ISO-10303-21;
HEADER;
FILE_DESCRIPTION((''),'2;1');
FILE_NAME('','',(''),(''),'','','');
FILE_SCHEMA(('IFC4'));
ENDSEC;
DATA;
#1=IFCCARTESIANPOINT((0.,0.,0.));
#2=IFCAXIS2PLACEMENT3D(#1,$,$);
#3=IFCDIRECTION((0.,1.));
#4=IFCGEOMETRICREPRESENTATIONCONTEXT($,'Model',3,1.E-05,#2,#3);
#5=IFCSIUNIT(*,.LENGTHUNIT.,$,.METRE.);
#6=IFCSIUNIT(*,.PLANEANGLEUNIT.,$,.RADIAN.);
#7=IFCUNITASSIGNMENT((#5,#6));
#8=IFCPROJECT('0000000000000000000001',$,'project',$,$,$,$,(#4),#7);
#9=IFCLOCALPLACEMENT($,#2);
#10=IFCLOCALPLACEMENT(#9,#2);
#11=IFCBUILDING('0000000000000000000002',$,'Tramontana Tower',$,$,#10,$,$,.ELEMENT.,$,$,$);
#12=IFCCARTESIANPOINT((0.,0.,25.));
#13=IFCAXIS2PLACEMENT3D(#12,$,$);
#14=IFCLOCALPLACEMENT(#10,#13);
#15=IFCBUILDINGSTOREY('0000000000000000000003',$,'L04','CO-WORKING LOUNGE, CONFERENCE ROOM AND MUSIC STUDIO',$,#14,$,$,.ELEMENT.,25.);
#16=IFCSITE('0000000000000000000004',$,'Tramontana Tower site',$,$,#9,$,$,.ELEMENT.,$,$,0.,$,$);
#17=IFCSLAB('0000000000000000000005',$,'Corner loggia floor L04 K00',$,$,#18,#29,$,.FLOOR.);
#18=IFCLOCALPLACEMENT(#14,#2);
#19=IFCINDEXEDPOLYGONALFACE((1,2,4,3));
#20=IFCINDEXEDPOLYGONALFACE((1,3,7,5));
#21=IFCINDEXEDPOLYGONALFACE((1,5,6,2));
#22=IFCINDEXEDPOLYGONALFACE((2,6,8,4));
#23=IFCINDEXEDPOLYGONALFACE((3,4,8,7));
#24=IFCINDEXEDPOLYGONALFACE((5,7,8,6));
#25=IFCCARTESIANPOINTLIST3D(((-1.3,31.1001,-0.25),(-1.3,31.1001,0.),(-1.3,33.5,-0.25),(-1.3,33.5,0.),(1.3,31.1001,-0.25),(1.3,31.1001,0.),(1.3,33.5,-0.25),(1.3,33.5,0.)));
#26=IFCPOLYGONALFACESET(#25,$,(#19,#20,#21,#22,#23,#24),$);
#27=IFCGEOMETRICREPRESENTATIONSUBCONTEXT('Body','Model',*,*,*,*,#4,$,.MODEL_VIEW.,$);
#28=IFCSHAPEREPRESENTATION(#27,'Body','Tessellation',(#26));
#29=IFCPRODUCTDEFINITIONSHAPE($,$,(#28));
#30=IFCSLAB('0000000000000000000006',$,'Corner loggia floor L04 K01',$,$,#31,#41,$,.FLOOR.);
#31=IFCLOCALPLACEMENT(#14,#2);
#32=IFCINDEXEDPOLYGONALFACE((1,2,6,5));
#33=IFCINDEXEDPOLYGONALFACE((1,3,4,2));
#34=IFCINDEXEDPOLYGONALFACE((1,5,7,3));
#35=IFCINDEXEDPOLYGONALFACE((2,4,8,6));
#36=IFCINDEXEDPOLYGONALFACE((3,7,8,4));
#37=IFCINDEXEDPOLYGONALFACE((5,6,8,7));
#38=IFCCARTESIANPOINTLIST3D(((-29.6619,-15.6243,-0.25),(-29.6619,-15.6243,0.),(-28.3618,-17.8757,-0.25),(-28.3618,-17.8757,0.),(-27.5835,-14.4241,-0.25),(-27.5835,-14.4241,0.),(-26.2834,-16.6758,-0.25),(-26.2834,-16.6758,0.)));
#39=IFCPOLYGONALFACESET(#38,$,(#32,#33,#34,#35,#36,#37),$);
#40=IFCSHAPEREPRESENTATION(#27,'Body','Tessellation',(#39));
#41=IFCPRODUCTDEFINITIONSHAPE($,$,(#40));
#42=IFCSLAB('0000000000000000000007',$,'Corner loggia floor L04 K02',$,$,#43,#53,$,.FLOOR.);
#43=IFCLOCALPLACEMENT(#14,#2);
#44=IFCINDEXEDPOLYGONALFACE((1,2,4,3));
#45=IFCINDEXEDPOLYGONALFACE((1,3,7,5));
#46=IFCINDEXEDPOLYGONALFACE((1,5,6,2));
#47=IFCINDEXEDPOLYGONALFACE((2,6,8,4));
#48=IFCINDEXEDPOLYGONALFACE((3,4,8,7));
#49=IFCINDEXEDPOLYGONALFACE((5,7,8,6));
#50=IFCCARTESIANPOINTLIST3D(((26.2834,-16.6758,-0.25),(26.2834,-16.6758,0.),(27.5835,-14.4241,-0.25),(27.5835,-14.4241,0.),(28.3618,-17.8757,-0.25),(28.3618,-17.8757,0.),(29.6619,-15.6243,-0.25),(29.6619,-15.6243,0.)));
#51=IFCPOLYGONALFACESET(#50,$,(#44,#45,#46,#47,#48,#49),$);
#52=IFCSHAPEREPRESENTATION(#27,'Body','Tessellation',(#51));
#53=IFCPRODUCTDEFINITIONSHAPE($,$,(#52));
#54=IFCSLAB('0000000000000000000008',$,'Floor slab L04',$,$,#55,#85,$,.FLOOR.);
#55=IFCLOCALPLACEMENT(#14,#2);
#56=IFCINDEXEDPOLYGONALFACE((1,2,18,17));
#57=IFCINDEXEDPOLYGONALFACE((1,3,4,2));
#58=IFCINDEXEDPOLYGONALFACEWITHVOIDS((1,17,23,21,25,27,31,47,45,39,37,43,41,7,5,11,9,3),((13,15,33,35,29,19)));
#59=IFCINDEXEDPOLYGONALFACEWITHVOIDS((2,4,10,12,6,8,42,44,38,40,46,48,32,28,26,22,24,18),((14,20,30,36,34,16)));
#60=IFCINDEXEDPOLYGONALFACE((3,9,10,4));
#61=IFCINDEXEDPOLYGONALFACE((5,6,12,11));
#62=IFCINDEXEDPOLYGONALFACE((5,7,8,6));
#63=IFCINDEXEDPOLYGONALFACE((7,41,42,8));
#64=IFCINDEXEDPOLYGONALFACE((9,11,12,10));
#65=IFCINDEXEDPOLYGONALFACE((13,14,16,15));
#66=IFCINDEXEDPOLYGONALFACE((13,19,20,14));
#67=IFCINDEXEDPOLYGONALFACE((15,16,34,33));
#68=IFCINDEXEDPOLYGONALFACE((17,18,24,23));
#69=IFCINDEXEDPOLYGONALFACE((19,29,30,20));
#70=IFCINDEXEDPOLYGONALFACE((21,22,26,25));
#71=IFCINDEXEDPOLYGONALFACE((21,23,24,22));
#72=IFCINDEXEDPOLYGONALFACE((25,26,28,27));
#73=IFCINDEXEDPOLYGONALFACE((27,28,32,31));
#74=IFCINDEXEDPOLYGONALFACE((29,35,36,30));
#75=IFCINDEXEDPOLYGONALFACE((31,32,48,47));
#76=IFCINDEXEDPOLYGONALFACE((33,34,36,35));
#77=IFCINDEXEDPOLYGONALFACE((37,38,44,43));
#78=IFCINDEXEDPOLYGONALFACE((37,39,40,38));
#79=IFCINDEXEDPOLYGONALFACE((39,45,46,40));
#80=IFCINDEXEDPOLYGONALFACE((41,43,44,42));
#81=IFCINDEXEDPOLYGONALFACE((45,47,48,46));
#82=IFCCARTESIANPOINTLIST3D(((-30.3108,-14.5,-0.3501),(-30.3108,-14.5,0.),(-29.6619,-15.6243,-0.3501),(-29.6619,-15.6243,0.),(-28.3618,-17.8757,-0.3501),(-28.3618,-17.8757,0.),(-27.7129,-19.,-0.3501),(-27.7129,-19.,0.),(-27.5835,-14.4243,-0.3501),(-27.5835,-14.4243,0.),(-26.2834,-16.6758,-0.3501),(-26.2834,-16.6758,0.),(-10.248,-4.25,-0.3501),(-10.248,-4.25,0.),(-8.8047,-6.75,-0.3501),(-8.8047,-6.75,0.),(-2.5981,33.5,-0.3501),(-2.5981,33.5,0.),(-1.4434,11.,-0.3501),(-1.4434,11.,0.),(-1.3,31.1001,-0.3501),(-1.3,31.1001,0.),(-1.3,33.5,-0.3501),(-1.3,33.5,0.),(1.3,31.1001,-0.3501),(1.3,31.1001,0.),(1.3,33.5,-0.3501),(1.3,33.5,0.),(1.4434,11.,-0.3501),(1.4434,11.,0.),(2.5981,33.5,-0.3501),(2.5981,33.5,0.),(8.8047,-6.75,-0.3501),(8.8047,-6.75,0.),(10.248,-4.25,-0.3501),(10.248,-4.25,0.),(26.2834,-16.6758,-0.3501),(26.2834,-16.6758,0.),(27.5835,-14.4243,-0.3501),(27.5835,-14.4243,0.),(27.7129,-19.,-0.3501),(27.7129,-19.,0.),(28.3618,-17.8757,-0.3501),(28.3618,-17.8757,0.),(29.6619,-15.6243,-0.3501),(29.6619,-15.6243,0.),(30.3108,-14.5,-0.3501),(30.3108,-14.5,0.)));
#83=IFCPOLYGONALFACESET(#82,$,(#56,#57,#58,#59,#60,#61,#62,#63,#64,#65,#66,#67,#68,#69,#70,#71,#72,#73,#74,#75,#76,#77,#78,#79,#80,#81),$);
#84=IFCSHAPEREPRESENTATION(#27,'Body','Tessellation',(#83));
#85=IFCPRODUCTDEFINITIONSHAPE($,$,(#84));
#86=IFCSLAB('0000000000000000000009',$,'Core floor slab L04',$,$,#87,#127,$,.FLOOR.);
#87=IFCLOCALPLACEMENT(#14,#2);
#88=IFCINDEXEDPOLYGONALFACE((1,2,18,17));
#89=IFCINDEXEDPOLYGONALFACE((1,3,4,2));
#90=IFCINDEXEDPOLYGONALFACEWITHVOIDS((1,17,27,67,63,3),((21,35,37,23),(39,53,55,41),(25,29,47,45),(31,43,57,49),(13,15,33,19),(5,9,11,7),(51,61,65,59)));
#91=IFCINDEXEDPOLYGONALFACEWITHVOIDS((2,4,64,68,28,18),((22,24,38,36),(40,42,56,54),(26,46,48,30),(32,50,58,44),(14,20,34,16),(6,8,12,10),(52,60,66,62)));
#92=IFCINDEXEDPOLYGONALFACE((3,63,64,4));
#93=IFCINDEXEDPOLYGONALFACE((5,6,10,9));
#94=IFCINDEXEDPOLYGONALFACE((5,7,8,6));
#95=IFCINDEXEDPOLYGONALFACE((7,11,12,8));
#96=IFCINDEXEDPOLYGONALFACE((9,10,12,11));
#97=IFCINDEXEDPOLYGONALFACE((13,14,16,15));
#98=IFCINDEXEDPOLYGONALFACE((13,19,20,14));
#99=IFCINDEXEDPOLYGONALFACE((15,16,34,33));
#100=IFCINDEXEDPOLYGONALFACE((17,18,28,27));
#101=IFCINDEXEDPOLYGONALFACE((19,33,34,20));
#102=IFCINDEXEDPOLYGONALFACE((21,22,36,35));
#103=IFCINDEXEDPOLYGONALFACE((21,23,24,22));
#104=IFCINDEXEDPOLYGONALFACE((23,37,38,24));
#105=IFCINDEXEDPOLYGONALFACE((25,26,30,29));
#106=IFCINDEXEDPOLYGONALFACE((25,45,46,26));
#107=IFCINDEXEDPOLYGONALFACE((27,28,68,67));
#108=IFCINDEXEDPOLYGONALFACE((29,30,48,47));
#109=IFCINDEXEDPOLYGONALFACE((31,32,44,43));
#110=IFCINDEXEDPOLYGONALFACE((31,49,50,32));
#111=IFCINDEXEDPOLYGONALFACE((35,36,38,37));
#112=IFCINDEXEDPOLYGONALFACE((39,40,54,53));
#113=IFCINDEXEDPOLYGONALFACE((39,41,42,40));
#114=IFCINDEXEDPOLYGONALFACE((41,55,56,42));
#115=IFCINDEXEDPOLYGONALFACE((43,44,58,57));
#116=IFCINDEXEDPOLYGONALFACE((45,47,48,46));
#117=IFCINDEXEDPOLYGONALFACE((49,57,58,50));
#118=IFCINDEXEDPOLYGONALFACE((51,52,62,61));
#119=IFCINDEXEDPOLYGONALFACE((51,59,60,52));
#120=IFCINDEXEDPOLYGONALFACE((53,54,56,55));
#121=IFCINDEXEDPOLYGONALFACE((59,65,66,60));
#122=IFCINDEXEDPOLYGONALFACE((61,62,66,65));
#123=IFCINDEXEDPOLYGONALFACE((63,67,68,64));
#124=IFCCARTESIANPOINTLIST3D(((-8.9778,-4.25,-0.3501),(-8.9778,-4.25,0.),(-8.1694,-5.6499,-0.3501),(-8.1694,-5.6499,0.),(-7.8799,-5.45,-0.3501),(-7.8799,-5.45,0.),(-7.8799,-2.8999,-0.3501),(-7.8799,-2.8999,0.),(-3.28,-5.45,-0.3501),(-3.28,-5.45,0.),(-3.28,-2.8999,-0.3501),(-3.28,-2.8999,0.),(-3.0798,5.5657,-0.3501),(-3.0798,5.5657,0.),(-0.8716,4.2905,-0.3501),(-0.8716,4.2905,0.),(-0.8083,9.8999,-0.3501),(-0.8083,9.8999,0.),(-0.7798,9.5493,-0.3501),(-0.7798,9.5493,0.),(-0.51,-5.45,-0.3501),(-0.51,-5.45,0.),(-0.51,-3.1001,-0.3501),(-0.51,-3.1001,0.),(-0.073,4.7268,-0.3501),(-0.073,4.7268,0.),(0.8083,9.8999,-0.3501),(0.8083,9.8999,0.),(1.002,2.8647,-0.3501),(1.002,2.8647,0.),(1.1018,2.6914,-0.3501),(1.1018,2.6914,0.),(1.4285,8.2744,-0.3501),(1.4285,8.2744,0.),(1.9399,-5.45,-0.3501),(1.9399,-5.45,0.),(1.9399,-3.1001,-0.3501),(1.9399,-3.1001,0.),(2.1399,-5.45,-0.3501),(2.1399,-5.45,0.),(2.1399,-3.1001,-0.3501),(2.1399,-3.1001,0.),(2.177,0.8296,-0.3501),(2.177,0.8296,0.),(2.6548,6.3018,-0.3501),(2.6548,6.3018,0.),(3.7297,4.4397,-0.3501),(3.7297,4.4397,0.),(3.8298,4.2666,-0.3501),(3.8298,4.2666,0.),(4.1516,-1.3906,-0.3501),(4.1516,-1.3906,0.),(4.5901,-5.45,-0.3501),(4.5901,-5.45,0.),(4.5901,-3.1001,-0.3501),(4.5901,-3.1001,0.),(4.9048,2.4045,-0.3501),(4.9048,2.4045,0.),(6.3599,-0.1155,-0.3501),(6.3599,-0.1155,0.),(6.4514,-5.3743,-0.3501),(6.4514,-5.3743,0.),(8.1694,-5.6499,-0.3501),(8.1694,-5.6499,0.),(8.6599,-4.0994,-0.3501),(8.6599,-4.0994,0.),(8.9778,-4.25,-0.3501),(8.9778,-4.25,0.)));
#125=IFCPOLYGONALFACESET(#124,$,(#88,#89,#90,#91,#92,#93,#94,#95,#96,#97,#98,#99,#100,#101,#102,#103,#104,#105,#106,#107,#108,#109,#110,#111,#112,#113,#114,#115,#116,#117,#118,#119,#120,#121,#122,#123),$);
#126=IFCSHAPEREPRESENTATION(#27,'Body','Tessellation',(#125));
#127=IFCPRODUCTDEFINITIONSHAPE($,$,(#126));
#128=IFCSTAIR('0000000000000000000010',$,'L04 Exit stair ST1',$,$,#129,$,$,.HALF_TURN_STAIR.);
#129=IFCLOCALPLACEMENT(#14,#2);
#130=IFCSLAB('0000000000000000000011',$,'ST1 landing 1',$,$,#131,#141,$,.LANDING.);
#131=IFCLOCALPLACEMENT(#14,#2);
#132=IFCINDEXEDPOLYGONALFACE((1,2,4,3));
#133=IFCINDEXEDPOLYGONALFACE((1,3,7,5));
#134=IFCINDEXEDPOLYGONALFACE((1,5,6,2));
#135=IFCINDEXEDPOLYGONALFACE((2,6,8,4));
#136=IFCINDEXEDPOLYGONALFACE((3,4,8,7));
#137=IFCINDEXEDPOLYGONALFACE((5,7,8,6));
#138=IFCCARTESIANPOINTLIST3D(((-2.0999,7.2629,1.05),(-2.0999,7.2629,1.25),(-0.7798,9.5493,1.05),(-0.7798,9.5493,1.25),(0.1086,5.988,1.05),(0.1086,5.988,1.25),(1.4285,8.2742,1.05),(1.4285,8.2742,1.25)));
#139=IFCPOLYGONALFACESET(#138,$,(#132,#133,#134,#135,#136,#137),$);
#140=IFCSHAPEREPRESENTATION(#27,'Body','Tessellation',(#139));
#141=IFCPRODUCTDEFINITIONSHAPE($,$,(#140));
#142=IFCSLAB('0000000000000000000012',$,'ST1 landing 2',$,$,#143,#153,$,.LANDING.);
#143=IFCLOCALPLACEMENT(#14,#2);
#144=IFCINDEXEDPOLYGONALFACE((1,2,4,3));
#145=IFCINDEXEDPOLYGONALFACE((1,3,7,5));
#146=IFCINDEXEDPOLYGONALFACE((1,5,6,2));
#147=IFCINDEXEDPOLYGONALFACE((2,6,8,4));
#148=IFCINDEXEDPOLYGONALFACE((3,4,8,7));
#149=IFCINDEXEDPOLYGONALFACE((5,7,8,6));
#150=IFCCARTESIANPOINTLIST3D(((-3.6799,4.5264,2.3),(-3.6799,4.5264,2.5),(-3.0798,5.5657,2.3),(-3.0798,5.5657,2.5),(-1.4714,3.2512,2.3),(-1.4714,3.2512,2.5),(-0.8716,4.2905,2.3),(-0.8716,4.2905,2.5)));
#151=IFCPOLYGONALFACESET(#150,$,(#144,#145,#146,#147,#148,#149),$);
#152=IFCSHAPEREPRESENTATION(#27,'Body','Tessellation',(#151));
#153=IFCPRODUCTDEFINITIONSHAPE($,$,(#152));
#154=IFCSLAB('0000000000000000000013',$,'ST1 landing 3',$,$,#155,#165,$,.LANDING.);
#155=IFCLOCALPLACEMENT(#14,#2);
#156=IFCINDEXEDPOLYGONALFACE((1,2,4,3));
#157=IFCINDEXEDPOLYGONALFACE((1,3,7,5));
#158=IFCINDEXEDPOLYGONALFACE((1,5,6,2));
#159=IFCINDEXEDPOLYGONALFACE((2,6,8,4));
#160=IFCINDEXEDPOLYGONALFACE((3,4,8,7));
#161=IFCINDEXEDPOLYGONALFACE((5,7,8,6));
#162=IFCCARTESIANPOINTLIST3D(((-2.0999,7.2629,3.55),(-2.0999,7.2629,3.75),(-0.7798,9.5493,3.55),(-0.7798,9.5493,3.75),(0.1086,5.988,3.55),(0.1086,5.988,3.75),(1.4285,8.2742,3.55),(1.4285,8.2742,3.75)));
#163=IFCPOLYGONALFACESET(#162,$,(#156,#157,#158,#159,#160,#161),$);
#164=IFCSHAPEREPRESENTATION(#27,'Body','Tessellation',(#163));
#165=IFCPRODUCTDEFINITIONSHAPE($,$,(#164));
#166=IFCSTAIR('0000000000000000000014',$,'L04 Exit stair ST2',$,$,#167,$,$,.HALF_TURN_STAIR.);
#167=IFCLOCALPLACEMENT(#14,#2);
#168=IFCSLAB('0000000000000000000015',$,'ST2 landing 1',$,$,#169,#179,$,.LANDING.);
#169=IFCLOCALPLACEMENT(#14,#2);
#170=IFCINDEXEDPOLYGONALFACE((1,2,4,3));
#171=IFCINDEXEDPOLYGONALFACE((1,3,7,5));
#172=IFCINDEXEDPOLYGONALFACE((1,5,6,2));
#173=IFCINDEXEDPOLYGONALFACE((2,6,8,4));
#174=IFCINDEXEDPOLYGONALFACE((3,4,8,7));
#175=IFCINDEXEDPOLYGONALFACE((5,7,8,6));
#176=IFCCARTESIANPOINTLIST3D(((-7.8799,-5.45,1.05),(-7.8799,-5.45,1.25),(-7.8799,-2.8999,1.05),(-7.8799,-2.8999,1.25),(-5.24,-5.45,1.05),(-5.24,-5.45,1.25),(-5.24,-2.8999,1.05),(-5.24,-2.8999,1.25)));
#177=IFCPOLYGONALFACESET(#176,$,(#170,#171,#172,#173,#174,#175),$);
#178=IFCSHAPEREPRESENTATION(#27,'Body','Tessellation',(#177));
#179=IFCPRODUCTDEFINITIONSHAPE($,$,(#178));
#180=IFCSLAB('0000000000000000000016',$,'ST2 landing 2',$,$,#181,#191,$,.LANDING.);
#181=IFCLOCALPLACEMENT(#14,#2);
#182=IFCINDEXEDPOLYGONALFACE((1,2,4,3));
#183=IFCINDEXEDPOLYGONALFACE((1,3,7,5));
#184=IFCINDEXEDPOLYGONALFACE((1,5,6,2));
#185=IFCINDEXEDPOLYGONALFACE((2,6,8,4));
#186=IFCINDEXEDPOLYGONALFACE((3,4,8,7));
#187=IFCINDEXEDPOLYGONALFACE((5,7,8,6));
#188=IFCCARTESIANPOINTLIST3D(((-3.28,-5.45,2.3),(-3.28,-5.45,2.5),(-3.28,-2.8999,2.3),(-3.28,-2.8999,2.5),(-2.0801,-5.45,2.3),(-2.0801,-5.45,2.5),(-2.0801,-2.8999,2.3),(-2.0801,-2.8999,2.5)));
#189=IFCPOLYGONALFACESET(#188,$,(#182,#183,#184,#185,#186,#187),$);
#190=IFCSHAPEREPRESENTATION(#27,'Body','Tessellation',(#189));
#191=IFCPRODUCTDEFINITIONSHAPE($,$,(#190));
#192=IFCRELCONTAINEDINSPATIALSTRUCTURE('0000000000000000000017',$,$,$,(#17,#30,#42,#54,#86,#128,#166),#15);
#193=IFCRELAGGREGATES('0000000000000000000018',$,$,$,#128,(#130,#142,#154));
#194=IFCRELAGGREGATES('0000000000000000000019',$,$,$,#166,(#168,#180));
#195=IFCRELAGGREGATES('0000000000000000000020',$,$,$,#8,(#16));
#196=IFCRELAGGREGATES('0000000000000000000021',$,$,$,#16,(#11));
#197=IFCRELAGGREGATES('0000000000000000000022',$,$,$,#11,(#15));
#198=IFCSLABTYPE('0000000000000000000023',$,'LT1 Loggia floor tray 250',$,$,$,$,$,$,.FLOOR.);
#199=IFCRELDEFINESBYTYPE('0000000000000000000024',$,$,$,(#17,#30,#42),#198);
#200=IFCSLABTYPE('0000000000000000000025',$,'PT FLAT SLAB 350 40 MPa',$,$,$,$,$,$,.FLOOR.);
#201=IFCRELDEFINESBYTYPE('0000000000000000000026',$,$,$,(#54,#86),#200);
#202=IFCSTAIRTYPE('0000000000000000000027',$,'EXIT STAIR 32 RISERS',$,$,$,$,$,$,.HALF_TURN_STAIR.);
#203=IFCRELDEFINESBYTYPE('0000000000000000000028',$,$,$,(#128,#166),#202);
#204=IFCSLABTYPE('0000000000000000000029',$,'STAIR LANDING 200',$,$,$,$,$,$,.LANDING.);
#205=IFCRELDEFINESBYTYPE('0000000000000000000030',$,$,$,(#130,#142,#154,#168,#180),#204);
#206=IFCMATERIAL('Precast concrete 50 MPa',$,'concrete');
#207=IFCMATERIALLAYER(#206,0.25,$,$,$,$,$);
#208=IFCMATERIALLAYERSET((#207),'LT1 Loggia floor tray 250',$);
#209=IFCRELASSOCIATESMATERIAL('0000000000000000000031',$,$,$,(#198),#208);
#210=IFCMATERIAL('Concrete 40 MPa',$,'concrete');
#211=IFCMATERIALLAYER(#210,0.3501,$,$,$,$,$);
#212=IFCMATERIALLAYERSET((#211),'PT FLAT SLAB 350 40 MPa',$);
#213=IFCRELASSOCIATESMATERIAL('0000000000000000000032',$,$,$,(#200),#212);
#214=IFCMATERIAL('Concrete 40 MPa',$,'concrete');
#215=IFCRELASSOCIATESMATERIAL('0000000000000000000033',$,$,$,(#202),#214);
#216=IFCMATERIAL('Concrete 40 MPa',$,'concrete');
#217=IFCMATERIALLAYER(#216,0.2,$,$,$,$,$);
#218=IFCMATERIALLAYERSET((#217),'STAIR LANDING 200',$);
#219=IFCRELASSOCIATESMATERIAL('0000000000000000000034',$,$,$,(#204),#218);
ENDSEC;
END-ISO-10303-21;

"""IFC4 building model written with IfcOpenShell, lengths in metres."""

from ifc_helpers import new_model, si_unit, direction, frame, origin, place, context, subcontext, project, spatial, polyline, outline, extrude, material, layer, layer_set, type_object, element, aggregate, save


model = new_model("IFC4")

# Units and contexts
model_context = context("Model", 3, precision=1e-05, world=origin(), true_north=direction((0.0, 1.0)))
body_context = subcontext(model_context, "Body", "Model", "MODEL_VIEW")
ifc_project = project(units=[si_unit("LENGTHUNIT", "METRE"), si_unit("PLANEANGLEUNIT", "RADIAN")], contexts=[model_context])

# Site, building, storey
site_placement = place(None, origin())
site = spatial("IfcSite", under=ifc_project, at=site_placement, Name="Tramontana Tower site", CompositionType="ELEMENT", RefElevation=0.0)
building_placement = place(site_placement, origin())
building = spatial("IfcBuilding", under=site, at=building_placement, Name="Tramontana Tower", CompositionType="ELEMENT")
storey_placement = place(building_placement, frame((0.0, 0.0, 25.0)))
storey = spatial("IfcBuildingStorey", under=building, at=storey_placement, Name="L04", Description="CO-WORKING LOUNGE, CONFERENCE ROOM AND MUSIC STUDIO", CompositionType="ELEMENT", Elevation=25.0)

# Slabs
ifc_material_1 = material(Name="Precast concrete 50 MPa", Category="concrete")
ifc_layer_1 = layer(ifc_material_1, 0.25)
ifc_layer_set_1 = layer_set([ifc_layer_1], Name="LT1 Loggia floor tray 250")
slab_type_1 = type_object("IfcSlabType", Name="LT1 Loggia floor tray 250", PredefinedType="FLOOR", material=ifc_layer_set_1)
slab_1_placement = place(storey_placement, frame((0.0, 0.0, -0.25)))
element("IfcSlab", 1, at=slab_1_placement, inside=storey, type_object=slab_type_1, Name="Corner loggia floor L04 K00", PredefinedType="FLOOR", context=body_context, shape_type="SweptSolid", body=[
    extrude(outline(polyline([(1.3, 33.5), (1.3, 31.1001), (-1.3, 31.1001), (-1.3, 33.5), (1.3, 33.5)])), origin(), (0.0, 0.0, 1.0), 0.25),
])
slab_2_placement = place(storey_placement, frame((0.0, 0.0, -0.25)))
element("IfcSlab", 2, at=slab_2_placement, inside=storey, type_object=slab_type_1, Name="Corner loggia floor L04 K01", PredefinedType="FLOOR", context=body_context, shape_type="SweptSolid", body=[
    extrude(outline(polyline([(-29.6619, -15.6243), (-27.5835, -14.4241), (-26.2834, -16.6758), (-28.3618, -17.8757), (-29.6619, -15.6243)])), origin(), (0.0, 0.0, 1.0), 0.25),
])
slab_3_placement = place(storey_placement, frame((0.0, 0.0, -0.25)))
element("IfcSlab", 3, at=slab_3_placement, inside=storey, type_object=slab_type_1, Name="Corner loggia floor L04 K02", PredefinedType="FLOOR", context=body_context, shape_type="SweptSolid", body=[
    extrude(outline(polyline([(28.3618, -17.8757), (26.2834, -16.6758), (27.5835, -14.4241), (29.6619, -15.6243), (28.3618, -17.8757)])), origin(), (0.0, 0.0, 1.0), 0.25),
])
ifc_material_2 = material(Name="Concrete 40 MPa", Category="concrete")
ifc_layer_2 = layer(ifc_material_2, 0.3501)
ifc_layer_set_2 = layer_set([ifc_layer_2], Name="PT FLAT SLAB 350 40 MPa")
slab_type_2 = type_object("IfcSlabType", Name="PT FLAT SLAB 350 40 MPa", PredefinedType="FLOOR", material=ifc_layer_set_2)
slab_4_placement = place(storey_placement, frame((0.0, 0.0, -0.3501)))
element("IfcSlab", 4, at=slab_4_placement, inside=storey, type_object=slab_type_2, Name="Floor slab L04", PredefinedType="FLOOR", context=body_context, shape_type="SweptSolid", body=[
    extrude(outline(polyline([(29.6619, -15.6243), (27.5835, -14.4243), (26.2834, -16.6758), (28.3618, -17.8757), (27.7129, -19.0), (-27.7129, -19.0), (-28.3618, -17.8757), (-26.2834, -16.6758), (-27.5835, -14.4243), (-29.6619, -15.6243), (-30.3108, -14.5), (-2.5981, 33.5), (-1.3, 33.5), (-1.3, 31.1001), (1.3, 31.1001), (1.3, 33.5), (2.5981, 33.5), (30.3108, -14.5), (29.6619, -15.6243)]), holes=[polyline([(-10.248, -4.25), (-8.8047, -6.75), (8.8047, -6.75), (10.248, -4.25), (1.4434, 11.0), (-1.4434, 11.0), (-10.248, -4.25)])]), origin(), (0.0, 0.0, 1.0), 0.3501),
])
slab_5_placement = place(storey_placement, frame((0.0, 0.0, -0.3501)))
element("IfcSlab", 5, at=slab_5_placement, inside=storey, type_object=slab_type_2, Name="Core floor slab L04", PredefinedType="FLOOR", context=body_context, shape_type="SweptSolid", body=[
    extrude(outline(polyline([(8.9778, -4.25), (8.1694, -5.6499), (-8.1694, -5.6499), (-8.9778, -4.25), (-0.8083, 9.8999), (0.8083, 9.8999), (8.9778, -4.25)]), holes=[polyline([(8.6599, -4.0994), (6.3599, -0.1155), (4.1516, -1.3906), (6.4514, -5.3743), (8.6599, -4.0994)]), polyline([(3.8298, 4.2666), (1.1018, 2.6914), (2.177, 0.8296), (4.9048, 2.4045), (3.8298, 4.2666)]), polyline([(4.5901, -3.1001), (2.1399, -3.1001), (2.1399, -5.45), (4.5901, -5.45), (4.5901, -3.1001)]), polyline([(2.6548, 6.3018), (-0.073, 4.7268), (1.002, 2.8647), (3.7297, 4.4397), (2.6548, 6.3018)]), polyline([(1.9399, -5.45), (1.9399, -3.1001), (-0.51, -3.1001), (-0.51, -5.45), (1.9399, -5.45)]), polyline([(-0.7798, 9.5493), (-3.0798, 5.5657), (-0.8716, 4.2905), (1.4285, 8.2744), (-0.7798, 9.5493)]), polyline([(-7.8799, -5.45), (-3.28, -5.45), (-3.28, -2.8999), (-7.8799, -2.8999), (-7.8799, -5.45)])]), origin(), (0.0, 0.0, 1.0), 0.3501),
])

# Stairs, slabs
ifc_material_3 = material(Name="Concrete 40 MPa", Category="concrete")
stair_type = type_object("IfcStairType", Name="EXIT STAIR 32 RISERS", PredefinedType="HALF_TURN_STAIR", material=ifc_material_3)
stair_1_placement = place(storey_placement, origin())
stair_1 = element("IfcStair", 6, at=stair_1_placement, inside=storey, type_object=stair_type, Name="L04 Exit stair ST1", PredefinedType="HALF_TURN_STAIR")
ifc_material_4 = material(Name="Concrete 40 MPa", Category="concrete")
ifc_layer_3 = layer(ifc_material_4, 0.2)
ifc_layer_set_3 = layer_set([ifc_layer_3], Name="STAIR LANDING 200")
slab_type_3 = type_object("IfcSlabType", Name="STAIR LANDING 200", PredefinedType="LANDING", material=ifc_layer_set_3)
slab_6_placement = place(storey_placement, frame((0.0, 0.0, 1.05)))
slab_6 = element("IfcSlab", 7, at=slab_6_placement, type_object=slab_type_3, Name="ST1 landing 1", PredefinedType="LANDING", context=body_context, shape_type="SweptSolid", body=[
    extrude(outline(polyline([(0.1086, 5.988), (1.4285, 8.2742), (-0.7798, 9.5493), (-2.0999, 7.2629), (0.1086, 5.988)])), origin(), (0.0, 0.0, 1.0), 0.2),
])
slab_7_placement = place(storey_placement, frame((0.0, 0.0, 2.3)))
slab_7 = element("IfcSlab", 8, at=slab_7_placement, type_object=slab_type_3, Name="ST1 landing 2", PredefinedType="LANDING", context=body_context, shape_type="SweptSolid", body=[
    extrude(outline(polyline([(-1.4714, 3.2512), (-0.8716, 4.2905), (-3.0798, 5.5657), (-3.6799, 4.5264), (-1.4714, 3.2512)])), origin(), (0.0, 0.0, 1.0), 0.2),
])
slab_8_placement = place(storey_placement, frame((0.0, 0.0, 3.55)))
slab_8 = element("IfcSlab", 9, at=slab_8_placement, type_object=slab_type_3, Name="ST1 landing 3", PredefinedType="LANDING", context=body_context, shape_type="SweptSolid", body=[
    extrude(outline(polyline([(0.1086, 5.988), (1.4285, 8.2742), (-0.7798, 9.5493), (-2.0999, 7.2629), (0.1086, 5.988)])), origin(), (0.0, 0.0, 1.0), 0.2),
])
aggregate(stair_1, [slab_6, slab_7, slab_8])
stair_2_placement = place(storey_placement, origin())
stair_2 = element("IfcStair", 10, at=stair_2_placement, inside=storey, type_object=stair_type, Name="L04 Exit stair ST2", PredefinedType="HALF_TURN_STAIR")
slab_9_placement = place(storey_placement, frame((0.0, 0.0, 1.05)))
slab_9 = element("IfcSlab", 11, at=slab_9_placement, type_object=slab_type_3, Name="ST2 landing 1", PredefinedType="LANDING", context=body_context, shape_type="SweptSolid", body=[
    extrude(outline(polyline([(-5.24, -2.8999), (-7.8799, -2.8999), (-7.8799, -5.45), (-5.24, -5.45), (-5.24, -2.8999)])), origin(), (0.0, 0.0, 1.0), 0.2),
])
slab_10_placement = place(storey_placement, frame((0.0, 0.0, 2.3)))
slab_10 = element("IfcSlab", 12, at=slab_10_placement, type_object=slab_type_3, Name="ST2 landing 2", PredefinedType="LANDING", context=body_context, shape_type="SweptSolid", body=[
    extrude(outline(polyline([(-2.0801, -2.8999), (-3.28, -2.8999), (-3.28, -5.45), (-2.0801, -5.45), (-2.0801, -2.8999)])), origin(), (0.0, 0.0, 1.0), 0.2),
])
aggregate(stair_2, [slab_9, slab_10])

save(model, "model.ifc")
